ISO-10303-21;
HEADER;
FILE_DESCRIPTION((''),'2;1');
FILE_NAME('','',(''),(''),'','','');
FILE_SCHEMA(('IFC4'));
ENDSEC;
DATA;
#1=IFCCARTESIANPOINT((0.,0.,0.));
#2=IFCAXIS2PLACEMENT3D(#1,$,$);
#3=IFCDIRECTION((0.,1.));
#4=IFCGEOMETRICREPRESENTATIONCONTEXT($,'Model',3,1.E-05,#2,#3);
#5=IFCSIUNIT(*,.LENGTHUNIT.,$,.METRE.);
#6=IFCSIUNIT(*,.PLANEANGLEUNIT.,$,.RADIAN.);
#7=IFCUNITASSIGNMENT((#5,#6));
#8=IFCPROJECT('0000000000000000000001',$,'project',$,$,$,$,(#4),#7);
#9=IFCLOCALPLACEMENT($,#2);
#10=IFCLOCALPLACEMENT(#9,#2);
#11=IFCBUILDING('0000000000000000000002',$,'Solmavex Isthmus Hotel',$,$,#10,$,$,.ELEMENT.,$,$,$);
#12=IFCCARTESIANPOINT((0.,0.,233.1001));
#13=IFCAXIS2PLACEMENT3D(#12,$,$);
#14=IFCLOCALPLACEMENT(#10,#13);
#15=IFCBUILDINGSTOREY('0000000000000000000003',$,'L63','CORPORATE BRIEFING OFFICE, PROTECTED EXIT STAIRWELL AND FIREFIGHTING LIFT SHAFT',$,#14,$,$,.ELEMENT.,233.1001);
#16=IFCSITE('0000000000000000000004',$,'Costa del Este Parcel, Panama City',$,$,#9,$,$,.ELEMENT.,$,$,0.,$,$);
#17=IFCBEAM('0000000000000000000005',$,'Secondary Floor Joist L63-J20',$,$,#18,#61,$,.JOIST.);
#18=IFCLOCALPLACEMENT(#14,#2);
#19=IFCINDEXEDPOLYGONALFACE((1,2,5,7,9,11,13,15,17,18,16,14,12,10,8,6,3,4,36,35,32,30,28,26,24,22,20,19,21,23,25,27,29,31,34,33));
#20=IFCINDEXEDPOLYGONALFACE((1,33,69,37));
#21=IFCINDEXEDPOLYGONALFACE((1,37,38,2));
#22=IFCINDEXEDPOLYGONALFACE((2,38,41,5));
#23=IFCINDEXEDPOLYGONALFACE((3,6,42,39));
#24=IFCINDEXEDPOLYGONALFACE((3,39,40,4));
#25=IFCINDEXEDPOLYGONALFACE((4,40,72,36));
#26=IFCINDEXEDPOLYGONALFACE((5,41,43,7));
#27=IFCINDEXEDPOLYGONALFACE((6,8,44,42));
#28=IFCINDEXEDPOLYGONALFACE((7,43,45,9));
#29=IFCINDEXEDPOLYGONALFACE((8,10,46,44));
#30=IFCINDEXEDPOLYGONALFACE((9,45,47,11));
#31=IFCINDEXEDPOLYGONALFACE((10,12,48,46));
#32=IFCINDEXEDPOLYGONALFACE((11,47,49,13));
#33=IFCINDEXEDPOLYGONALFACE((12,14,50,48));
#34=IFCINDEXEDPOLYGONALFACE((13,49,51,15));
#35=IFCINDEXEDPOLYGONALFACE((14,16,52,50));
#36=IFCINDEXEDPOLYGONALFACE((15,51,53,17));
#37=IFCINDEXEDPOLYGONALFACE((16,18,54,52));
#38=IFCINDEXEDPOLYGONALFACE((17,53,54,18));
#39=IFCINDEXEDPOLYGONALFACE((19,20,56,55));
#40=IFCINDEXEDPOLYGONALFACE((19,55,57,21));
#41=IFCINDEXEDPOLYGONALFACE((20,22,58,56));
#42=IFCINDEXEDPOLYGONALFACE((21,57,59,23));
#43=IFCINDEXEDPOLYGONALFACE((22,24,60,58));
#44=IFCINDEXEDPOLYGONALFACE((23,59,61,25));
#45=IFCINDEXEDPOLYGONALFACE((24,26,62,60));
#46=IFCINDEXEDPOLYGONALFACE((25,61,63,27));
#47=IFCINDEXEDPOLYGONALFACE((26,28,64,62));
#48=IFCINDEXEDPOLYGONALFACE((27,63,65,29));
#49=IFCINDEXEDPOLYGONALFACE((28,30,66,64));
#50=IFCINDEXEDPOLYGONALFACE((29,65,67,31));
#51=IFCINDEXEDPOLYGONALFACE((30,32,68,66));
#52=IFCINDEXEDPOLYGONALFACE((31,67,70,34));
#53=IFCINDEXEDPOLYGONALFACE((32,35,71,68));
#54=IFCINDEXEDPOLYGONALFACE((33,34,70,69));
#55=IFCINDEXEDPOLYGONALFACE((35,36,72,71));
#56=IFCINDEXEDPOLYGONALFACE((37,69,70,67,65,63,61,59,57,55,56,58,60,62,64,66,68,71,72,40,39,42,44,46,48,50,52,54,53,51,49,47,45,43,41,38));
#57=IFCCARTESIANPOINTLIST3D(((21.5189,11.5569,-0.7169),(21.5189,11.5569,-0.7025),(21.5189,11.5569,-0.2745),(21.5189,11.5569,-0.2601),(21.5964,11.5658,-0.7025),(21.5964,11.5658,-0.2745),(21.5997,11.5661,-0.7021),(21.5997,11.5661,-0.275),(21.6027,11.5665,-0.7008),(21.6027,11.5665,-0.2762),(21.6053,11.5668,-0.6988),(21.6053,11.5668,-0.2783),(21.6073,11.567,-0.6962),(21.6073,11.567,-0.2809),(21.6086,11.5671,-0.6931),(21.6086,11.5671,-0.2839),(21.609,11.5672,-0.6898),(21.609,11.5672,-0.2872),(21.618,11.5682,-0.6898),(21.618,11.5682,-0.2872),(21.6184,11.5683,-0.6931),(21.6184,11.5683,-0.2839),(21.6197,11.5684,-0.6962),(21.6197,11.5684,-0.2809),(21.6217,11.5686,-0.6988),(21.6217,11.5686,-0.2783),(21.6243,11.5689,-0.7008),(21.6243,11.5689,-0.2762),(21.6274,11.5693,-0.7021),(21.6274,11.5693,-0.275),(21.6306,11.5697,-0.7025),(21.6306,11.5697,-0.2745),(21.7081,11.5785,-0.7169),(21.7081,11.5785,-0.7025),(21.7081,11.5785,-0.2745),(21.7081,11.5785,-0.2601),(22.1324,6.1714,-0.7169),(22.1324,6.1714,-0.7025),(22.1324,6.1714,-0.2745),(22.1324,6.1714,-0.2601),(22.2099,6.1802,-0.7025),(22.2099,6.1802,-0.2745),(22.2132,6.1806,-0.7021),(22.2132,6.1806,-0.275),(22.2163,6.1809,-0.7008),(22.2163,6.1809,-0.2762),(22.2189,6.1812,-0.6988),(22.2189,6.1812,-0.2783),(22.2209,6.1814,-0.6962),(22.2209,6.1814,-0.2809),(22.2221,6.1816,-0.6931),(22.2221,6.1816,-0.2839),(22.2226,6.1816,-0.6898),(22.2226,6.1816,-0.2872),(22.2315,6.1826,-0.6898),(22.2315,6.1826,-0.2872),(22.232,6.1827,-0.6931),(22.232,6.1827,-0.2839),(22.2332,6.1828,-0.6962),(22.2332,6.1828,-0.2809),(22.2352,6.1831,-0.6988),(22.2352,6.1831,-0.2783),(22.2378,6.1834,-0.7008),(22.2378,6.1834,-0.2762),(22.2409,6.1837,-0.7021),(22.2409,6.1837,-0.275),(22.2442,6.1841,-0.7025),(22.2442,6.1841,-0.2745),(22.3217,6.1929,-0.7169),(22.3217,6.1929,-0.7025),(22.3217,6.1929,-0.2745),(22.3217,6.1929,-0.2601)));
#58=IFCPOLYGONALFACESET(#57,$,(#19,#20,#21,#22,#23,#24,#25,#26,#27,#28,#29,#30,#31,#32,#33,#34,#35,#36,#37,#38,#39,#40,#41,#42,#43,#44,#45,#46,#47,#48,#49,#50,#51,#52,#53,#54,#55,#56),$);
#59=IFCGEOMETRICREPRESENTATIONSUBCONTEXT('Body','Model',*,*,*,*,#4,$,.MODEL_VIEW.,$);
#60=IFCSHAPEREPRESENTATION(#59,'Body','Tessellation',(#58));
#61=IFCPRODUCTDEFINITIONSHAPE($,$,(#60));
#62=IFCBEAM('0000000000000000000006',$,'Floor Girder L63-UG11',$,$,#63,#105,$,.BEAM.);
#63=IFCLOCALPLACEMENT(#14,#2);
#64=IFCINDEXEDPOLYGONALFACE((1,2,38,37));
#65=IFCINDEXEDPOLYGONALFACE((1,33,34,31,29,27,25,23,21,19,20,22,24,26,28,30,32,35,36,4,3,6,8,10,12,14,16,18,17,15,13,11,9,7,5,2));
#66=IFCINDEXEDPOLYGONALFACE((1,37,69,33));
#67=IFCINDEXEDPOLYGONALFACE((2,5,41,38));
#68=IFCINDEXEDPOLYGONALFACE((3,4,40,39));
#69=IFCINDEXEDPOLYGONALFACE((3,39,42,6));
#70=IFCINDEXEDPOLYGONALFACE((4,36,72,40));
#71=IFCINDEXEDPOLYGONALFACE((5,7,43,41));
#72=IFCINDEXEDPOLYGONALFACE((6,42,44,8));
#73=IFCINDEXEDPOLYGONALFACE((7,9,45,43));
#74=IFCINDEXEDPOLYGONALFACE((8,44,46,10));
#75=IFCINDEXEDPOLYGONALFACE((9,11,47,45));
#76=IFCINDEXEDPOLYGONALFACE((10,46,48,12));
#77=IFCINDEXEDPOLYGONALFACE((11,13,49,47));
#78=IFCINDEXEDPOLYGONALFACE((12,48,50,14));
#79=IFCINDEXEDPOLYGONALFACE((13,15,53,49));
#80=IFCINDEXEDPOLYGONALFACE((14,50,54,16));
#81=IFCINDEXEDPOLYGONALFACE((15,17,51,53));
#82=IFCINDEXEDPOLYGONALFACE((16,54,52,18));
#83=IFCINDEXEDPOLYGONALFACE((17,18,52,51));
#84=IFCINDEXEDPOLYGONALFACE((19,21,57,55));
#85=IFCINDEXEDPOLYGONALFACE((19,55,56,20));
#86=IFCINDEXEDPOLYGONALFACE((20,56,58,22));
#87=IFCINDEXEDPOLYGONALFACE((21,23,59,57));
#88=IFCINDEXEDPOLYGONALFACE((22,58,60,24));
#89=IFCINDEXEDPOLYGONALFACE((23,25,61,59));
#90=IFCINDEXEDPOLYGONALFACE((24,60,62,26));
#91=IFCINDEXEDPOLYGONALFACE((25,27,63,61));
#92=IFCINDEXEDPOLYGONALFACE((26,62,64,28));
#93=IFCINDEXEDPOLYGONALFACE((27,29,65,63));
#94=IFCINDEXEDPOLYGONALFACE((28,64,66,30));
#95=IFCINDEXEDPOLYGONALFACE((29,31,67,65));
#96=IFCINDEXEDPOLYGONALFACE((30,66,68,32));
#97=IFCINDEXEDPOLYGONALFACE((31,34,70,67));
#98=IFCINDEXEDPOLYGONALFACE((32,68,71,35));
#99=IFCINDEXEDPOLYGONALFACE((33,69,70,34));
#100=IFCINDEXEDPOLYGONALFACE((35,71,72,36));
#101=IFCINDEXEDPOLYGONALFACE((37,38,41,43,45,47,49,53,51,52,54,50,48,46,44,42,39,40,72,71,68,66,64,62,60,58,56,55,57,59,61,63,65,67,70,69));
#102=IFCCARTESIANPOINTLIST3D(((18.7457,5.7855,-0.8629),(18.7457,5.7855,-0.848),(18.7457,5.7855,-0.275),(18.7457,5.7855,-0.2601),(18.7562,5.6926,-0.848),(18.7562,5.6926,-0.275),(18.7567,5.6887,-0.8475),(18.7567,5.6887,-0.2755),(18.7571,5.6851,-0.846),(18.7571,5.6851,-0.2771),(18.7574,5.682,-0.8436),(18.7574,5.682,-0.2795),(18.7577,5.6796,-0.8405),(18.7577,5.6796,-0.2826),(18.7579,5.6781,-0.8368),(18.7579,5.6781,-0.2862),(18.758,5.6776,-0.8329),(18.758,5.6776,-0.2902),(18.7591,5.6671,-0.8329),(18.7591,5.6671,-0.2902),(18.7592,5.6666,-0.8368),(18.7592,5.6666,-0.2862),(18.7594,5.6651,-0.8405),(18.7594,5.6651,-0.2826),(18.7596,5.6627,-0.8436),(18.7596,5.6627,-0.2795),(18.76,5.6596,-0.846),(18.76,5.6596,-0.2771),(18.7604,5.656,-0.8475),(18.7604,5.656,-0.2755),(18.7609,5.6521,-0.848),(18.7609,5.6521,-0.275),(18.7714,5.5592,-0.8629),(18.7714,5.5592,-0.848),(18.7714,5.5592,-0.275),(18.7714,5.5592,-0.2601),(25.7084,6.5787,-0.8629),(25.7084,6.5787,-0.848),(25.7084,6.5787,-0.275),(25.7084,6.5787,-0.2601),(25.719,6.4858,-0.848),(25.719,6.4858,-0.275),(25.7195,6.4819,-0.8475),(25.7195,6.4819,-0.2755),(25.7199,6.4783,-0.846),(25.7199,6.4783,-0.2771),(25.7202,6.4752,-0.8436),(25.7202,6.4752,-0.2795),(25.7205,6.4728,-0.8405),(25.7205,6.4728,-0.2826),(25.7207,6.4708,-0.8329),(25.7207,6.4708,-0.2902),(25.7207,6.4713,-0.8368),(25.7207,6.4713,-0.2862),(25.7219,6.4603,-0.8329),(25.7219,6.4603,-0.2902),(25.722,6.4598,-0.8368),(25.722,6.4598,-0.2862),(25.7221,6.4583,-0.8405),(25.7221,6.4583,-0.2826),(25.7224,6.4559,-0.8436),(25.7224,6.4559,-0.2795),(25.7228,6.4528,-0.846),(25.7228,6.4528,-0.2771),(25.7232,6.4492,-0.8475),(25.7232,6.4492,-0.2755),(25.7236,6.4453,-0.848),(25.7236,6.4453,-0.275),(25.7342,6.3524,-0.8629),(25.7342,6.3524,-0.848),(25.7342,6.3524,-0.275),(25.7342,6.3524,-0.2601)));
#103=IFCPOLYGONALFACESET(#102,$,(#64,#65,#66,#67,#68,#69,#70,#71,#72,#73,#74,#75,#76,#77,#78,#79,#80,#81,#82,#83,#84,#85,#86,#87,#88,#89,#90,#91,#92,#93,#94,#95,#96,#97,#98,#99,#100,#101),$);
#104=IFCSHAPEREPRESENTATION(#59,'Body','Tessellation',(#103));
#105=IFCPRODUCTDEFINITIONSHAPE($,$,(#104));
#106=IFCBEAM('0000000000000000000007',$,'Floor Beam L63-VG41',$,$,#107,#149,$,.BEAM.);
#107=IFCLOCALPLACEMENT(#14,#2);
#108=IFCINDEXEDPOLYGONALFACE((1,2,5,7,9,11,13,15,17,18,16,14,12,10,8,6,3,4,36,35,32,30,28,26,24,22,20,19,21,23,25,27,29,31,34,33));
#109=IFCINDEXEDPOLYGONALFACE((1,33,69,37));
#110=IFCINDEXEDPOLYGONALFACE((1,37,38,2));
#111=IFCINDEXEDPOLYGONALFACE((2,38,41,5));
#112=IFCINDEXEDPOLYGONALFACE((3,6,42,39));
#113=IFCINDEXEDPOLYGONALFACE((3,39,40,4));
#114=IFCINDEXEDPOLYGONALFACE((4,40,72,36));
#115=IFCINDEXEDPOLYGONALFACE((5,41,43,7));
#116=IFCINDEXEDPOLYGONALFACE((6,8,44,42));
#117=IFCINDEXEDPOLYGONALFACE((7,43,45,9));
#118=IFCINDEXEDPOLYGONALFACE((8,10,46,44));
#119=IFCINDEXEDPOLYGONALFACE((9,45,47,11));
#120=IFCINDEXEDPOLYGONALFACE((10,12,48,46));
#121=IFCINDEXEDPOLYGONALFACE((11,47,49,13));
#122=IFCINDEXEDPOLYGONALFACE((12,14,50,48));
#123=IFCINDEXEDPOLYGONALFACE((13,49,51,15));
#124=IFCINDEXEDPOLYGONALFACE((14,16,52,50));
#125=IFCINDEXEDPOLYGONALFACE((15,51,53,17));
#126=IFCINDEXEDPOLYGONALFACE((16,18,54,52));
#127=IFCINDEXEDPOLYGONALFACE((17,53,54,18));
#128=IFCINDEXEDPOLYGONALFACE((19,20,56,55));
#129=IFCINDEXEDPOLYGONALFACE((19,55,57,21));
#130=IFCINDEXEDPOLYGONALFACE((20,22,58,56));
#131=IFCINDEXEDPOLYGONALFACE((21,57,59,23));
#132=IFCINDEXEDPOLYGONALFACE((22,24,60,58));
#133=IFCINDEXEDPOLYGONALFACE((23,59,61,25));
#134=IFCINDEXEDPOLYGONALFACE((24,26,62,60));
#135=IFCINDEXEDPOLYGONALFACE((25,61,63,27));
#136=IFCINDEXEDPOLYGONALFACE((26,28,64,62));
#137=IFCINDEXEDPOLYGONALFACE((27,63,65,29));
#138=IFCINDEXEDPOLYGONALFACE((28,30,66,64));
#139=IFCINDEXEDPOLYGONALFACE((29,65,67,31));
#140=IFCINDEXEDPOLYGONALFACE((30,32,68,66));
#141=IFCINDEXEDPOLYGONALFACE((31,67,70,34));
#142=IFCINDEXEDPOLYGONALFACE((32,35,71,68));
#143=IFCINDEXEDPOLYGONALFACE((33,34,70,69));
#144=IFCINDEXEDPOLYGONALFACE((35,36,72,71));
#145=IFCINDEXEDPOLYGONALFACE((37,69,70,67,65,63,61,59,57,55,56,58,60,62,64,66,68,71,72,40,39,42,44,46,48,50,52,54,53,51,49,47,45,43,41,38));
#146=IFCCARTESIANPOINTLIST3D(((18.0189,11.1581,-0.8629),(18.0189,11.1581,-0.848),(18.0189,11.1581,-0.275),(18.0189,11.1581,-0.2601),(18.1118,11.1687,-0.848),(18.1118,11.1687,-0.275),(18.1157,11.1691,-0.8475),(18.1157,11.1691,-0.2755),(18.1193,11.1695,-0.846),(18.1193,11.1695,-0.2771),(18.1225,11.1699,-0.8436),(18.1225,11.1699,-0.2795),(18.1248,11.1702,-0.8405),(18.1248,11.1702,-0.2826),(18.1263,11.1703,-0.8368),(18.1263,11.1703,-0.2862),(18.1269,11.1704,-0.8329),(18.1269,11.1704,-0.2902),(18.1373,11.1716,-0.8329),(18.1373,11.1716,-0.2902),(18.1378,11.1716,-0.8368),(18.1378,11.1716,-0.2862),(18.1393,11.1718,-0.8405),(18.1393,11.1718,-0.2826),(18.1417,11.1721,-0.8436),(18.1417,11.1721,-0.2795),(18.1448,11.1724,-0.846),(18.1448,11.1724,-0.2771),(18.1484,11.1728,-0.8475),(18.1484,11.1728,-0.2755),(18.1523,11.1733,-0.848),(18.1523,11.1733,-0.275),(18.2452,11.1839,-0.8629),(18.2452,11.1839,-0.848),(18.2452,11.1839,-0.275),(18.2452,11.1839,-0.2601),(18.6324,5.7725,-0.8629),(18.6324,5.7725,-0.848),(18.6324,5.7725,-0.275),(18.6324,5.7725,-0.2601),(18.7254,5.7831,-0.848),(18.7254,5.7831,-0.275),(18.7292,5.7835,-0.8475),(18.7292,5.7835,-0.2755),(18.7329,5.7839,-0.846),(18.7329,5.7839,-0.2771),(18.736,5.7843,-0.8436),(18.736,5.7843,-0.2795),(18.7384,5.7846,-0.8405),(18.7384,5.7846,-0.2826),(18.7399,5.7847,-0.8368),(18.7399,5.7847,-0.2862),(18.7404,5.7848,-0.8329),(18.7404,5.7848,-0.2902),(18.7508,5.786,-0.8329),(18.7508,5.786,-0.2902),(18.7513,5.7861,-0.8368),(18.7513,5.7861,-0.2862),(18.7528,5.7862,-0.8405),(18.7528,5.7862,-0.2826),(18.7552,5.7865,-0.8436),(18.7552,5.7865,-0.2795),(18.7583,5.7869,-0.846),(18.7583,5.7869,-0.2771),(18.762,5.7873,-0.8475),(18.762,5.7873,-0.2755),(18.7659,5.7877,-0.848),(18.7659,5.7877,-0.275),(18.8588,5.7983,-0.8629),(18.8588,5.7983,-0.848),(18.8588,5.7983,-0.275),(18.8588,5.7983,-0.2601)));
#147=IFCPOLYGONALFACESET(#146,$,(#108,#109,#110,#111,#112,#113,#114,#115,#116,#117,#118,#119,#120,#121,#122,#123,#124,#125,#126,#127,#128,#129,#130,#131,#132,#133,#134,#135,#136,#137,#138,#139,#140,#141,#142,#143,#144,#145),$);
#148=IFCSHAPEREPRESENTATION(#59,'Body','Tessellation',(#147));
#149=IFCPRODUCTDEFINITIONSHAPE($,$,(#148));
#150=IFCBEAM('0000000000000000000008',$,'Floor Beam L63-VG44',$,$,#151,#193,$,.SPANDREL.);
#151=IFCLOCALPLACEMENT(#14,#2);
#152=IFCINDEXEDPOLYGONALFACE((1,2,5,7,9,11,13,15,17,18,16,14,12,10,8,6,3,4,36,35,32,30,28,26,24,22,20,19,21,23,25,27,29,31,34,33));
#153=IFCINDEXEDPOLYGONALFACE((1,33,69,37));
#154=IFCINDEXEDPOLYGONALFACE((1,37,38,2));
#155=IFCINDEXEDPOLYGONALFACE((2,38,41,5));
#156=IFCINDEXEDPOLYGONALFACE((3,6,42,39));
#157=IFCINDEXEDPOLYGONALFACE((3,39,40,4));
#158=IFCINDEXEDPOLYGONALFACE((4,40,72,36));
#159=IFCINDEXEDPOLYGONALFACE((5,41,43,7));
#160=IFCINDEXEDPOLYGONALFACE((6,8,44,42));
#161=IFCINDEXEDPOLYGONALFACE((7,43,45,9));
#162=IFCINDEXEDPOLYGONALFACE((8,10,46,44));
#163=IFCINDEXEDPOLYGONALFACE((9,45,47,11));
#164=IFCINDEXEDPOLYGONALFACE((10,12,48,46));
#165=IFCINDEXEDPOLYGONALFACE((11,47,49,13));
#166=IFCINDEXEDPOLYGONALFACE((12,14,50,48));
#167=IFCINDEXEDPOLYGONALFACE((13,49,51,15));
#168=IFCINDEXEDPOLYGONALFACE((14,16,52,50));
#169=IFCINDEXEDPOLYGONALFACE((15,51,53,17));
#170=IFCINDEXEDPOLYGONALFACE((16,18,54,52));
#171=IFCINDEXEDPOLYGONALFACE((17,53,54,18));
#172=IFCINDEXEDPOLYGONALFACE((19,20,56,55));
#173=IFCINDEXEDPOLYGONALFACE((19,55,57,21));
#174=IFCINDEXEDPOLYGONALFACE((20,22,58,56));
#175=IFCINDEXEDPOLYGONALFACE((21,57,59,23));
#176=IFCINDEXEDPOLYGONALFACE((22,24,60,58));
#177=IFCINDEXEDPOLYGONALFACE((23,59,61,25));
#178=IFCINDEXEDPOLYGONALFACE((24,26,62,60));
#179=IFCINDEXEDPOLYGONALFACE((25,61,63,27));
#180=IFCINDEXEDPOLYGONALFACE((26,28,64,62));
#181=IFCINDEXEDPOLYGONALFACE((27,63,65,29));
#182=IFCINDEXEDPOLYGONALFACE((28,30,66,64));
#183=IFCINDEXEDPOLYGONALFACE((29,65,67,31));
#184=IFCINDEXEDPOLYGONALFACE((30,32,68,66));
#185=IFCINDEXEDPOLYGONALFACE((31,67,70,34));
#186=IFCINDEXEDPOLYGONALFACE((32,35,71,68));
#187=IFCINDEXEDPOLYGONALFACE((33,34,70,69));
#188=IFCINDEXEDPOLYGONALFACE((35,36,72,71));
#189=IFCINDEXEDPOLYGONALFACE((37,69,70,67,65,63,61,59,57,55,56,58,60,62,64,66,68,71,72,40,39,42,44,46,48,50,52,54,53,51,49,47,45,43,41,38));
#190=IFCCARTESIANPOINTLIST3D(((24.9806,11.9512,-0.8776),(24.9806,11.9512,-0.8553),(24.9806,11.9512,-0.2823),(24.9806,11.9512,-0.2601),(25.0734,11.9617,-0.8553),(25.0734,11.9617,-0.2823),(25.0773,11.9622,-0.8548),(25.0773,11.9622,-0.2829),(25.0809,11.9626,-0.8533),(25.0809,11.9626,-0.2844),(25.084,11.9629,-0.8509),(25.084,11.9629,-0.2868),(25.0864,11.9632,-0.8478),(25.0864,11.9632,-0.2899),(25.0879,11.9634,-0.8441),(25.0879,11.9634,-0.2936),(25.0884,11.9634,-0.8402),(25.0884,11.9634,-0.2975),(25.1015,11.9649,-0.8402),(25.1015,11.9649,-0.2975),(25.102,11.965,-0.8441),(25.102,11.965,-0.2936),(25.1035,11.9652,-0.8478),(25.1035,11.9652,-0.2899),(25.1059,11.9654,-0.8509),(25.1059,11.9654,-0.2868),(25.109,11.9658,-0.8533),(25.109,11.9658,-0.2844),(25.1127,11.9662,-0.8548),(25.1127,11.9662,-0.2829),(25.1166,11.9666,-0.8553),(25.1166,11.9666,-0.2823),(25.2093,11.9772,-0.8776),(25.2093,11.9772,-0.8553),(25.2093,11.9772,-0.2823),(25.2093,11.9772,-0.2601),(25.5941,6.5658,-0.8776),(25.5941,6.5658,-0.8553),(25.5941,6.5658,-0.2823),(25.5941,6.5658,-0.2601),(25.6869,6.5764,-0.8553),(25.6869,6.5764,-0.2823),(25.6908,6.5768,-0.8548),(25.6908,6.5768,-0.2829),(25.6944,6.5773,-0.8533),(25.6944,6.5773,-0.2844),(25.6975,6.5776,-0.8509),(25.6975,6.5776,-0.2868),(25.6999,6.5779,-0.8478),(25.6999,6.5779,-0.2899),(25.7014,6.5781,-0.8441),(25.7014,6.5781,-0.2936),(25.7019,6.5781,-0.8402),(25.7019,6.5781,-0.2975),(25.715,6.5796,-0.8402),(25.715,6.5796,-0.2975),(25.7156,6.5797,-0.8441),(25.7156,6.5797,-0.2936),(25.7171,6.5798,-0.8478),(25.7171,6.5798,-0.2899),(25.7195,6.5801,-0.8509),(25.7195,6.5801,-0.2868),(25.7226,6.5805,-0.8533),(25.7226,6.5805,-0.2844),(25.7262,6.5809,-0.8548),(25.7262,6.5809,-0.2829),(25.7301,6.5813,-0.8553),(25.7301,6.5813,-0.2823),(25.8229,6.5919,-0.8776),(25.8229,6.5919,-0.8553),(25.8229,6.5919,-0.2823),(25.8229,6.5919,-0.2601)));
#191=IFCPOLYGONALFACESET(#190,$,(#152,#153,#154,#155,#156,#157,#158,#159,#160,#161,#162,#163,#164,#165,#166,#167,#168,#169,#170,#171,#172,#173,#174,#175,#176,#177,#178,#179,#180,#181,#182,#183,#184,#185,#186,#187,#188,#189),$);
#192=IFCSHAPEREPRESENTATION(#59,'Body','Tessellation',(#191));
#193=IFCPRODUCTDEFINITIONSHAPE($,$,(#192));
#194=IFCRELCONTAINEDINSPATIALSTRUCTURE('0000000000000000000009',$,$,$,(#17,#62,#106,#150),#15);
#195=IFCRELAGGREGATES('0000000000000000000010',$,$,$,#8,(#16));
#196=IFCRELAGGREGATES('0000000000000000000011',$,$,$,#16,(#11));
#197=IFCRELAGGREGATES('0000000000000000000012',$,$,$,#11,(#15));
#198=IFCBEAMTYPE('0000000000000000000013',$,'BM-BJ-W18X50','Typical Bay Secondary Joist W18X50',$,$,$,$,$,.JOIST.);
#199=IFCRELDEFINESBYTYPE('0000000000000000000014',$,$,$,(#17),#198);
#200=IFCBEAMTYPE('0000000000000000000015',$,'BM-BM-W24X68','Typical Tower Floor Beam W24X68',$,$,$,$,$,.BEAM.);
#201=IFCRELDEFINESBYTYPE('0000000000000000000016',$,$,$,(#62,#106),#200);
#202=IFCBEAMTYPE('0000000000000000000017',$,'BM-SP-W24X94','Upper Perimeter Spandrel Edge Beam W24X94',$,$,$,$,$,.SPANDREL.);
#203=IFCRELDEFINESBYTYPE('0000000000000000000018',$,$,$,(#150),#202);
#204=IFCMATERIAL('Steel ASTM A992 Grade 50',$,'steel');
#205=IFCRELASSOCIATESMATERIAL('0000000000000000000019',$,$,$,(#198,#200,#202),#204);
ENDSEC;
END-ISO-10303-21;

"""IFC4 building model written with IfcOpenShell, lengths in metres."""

from ifc_helpers import new_model, si_unit, direction, frame, origin, origin_2d, place, context, subcontext, project, spatial, i_section, extrude, material, material_profile, profile_set, type_object, element, save


model = new_model("IFC4")

# Units and contexts
model_context = context("Model", 3, precision=1e-05, world=origin(), true_north=direction((0.0, 1.0)))
body_context = subcontext(model_context, "Body", "Model", "MODEL_VIEW")
ifc_project = project(units=[si_unit("LENGTHUNIT", "METRE"), si_unit("PLANEANGLEUNIT", "RADIAN")], contexts=[model_context])

# Site, building, storey
site_placement = place(None, origin())
site = spatial("IfcSite", under=ifc_project, at=site_placement, Name="Costa del Este Parcel, Panama City", CompositionType="ELEMENT", RefElevation=0.0)
building_placement = place(site_placement, origin())
building = spatial("IfcBuilding", under=site, at=building_placement, Name="Solmavex Isthmus Hotel", CompositionType="ELEMENT")
storey_placement = place(building_placement, frame((0.0, 0.0, 233.1001)))
storey = spatial("IfcBuildingStorey", under=building, at=storey_placement, Name="L63", Description="CORPORATE BRIEFING OFFICE, PROTECTED EXIT STAIRWELL AND FIREFIGHTING LIFT SHAFT", CompositionType="ELEMENT", Elevation=233.1001)

# Beams
ifc_material_1 = material(Name="Steel ASTM A992 Grade 50", Category="steel")
ifc_material_profile_1 = material_profile(ifc_material_1, i_section(OverallWidth=0.1904, OverallDepth=0.4568, WebThickness=0.009, FlangeThickness=0.0144, FilletRadius=0.0127, at=origin_2d()), Name="W18X50")
ifc_profile_set_1 = profile_set([ifc_material_profile_1], Name="Steel ASTM A992 Grade 50")
beam_type_1 = type_object("IfcBeamType", Name="BM-BJ-W18X50", Description="Typical Bay Secondary Joist W18X50", PredefinedType="JOIST", material=ifc_profile_set_1)
beam_1_placement = place(storey_placement, frame((22.2271, 6.1821, -0.4885), z_axis=(-0.11319, 0.993573, 0.0), x_axis=(-0.993573, -0.11319, 0.0)))
element("IfcBeam", 1, at=beam_1_placement, inside=storey, type_object=beam_type_1, Name="Secondary Floor Joist L63-J20", PredefinedType="JOIST", context=body_context, shape_type="SweptSolid", body=[
    extrude(i_section(OverallWidth=0.1904, OverallDepth=0.4568, WebThickness=0.009, FlangeThickness=0.0144, FilletRadius=0.0127, at=origin_2d()), origin(), (0.0, 0.0, 1.0), 5.4204),
])
ifc_material_profile_2 = material_profile(ifc_material_1, i_section(OverallWidth=0.2278, OverallDepth=0.6028, WebThickness=0.0105, FlangeThickness=0.0149, FilletRadius=0.0151, at=origin_2d()), Name="W24X68")
ifc_profile_set_2 = profile_set([ifc_material_profile_2], Name="Steel ASTM A992 Grade 50")
beam_type_2 = type_object("IfcBeamType", Name="BM-BM-W24X68", Description="Typical Tower Floor Beam W24X68", PredefinedType="BEAM", material=ifc_profile_set_2)
beam_2_placement = place(storey_placement, frame((18.7585, 5.6724, -0.5615), z_axis=(0.993574, 0.113188, 0.0), x_axis=(-0.113188, 0.993574, 0.0)))
element("IfcBeam", 2, at=beam_2_placement, inside=storey, type_object=beam_type_2, Name="Floor Girder L63-UG11", PredefinedType="BEAM", context=body_context, shape_type="SweptSolid", body=[
    extrude(i_section(OverallWidth=0.2278, OverallDepth=0.6028, WebThickness=0.0105, FlangeThickness=0.0149, FilletRadius=0.0151, at=origin_2d()), origin(), (0.0, 0.0, 1.0), 7.0078),
])
beam_3_placement = place(storey_placement, frame((18.7456, 5.7854, -0.5615), z_axis=(-0.11319, 0.993573, 0.0), x_axis=(-0.993573, -0.11319, 0.0)))
element("IfcBeam", 3, at=beam_3_placement, inside=storey, type_object=beam_type_2, Name="Floor Beam L63-VG41", PredefinedType="BEAM", context=body_context, shape_type="SweptSolid", body=[
    extrude(i_section(OverallWidth=0.2278, OverallDepth=0.6028, WebThickness=0.0105, FlangeThickness=0.0149, FilletRadius=0.0151, at=origin_2d()), origin(), (0.0, 0.0, 1.0), 5.4204),
])
ifc_material_profile_3 = material_profile(ifc_material_1, i_section(OverallWidth=0.2302, OverallDepth=0.6174, WebThickness=0.0132, FlangeThickness=0.0222, FilletRadius=0.0151, at=origin_2d()), Name="W24X94")
ifc_profile_set_3 = profile_set([ifc_material_profile_3], Name="Steel ASTM A992 Grade 50")
beam_type_3 = type_object("IfcBeamType", Name="BM-SP-W24X94", Description="Upper Perimeter Spandrel Edge Beam W24X94", PredefinedType="SPANDREL", material=ifc_profile_set_3)
beam_4_placement = place(storey_placement, frame((25.7085, 6.5789, -0.5688), z_axis=(-0.113195, 0.993573, 0.0), x_axis=(-0.993573, -0.113195, 0.0)))
element("IfcBeam", 4, at=beam_4_placement, inside=storey, type_object=beam_type_3, Name="Floor Beam L63-VG44", PredefinedType="SPANDREL", context=body_context, shape_type="SweptSolid", body=[
    extrude(i_section(OverallWidth=0.2302, OverallDepth=0.6174, WebThickness=0.0132, FlangeThickness=0.0222, FilletRadius=0.0151, at=origin_2d()), origin(), (0.0, 0.0, 1.0), 5.4202),
])

save(model, "model.ifc")
